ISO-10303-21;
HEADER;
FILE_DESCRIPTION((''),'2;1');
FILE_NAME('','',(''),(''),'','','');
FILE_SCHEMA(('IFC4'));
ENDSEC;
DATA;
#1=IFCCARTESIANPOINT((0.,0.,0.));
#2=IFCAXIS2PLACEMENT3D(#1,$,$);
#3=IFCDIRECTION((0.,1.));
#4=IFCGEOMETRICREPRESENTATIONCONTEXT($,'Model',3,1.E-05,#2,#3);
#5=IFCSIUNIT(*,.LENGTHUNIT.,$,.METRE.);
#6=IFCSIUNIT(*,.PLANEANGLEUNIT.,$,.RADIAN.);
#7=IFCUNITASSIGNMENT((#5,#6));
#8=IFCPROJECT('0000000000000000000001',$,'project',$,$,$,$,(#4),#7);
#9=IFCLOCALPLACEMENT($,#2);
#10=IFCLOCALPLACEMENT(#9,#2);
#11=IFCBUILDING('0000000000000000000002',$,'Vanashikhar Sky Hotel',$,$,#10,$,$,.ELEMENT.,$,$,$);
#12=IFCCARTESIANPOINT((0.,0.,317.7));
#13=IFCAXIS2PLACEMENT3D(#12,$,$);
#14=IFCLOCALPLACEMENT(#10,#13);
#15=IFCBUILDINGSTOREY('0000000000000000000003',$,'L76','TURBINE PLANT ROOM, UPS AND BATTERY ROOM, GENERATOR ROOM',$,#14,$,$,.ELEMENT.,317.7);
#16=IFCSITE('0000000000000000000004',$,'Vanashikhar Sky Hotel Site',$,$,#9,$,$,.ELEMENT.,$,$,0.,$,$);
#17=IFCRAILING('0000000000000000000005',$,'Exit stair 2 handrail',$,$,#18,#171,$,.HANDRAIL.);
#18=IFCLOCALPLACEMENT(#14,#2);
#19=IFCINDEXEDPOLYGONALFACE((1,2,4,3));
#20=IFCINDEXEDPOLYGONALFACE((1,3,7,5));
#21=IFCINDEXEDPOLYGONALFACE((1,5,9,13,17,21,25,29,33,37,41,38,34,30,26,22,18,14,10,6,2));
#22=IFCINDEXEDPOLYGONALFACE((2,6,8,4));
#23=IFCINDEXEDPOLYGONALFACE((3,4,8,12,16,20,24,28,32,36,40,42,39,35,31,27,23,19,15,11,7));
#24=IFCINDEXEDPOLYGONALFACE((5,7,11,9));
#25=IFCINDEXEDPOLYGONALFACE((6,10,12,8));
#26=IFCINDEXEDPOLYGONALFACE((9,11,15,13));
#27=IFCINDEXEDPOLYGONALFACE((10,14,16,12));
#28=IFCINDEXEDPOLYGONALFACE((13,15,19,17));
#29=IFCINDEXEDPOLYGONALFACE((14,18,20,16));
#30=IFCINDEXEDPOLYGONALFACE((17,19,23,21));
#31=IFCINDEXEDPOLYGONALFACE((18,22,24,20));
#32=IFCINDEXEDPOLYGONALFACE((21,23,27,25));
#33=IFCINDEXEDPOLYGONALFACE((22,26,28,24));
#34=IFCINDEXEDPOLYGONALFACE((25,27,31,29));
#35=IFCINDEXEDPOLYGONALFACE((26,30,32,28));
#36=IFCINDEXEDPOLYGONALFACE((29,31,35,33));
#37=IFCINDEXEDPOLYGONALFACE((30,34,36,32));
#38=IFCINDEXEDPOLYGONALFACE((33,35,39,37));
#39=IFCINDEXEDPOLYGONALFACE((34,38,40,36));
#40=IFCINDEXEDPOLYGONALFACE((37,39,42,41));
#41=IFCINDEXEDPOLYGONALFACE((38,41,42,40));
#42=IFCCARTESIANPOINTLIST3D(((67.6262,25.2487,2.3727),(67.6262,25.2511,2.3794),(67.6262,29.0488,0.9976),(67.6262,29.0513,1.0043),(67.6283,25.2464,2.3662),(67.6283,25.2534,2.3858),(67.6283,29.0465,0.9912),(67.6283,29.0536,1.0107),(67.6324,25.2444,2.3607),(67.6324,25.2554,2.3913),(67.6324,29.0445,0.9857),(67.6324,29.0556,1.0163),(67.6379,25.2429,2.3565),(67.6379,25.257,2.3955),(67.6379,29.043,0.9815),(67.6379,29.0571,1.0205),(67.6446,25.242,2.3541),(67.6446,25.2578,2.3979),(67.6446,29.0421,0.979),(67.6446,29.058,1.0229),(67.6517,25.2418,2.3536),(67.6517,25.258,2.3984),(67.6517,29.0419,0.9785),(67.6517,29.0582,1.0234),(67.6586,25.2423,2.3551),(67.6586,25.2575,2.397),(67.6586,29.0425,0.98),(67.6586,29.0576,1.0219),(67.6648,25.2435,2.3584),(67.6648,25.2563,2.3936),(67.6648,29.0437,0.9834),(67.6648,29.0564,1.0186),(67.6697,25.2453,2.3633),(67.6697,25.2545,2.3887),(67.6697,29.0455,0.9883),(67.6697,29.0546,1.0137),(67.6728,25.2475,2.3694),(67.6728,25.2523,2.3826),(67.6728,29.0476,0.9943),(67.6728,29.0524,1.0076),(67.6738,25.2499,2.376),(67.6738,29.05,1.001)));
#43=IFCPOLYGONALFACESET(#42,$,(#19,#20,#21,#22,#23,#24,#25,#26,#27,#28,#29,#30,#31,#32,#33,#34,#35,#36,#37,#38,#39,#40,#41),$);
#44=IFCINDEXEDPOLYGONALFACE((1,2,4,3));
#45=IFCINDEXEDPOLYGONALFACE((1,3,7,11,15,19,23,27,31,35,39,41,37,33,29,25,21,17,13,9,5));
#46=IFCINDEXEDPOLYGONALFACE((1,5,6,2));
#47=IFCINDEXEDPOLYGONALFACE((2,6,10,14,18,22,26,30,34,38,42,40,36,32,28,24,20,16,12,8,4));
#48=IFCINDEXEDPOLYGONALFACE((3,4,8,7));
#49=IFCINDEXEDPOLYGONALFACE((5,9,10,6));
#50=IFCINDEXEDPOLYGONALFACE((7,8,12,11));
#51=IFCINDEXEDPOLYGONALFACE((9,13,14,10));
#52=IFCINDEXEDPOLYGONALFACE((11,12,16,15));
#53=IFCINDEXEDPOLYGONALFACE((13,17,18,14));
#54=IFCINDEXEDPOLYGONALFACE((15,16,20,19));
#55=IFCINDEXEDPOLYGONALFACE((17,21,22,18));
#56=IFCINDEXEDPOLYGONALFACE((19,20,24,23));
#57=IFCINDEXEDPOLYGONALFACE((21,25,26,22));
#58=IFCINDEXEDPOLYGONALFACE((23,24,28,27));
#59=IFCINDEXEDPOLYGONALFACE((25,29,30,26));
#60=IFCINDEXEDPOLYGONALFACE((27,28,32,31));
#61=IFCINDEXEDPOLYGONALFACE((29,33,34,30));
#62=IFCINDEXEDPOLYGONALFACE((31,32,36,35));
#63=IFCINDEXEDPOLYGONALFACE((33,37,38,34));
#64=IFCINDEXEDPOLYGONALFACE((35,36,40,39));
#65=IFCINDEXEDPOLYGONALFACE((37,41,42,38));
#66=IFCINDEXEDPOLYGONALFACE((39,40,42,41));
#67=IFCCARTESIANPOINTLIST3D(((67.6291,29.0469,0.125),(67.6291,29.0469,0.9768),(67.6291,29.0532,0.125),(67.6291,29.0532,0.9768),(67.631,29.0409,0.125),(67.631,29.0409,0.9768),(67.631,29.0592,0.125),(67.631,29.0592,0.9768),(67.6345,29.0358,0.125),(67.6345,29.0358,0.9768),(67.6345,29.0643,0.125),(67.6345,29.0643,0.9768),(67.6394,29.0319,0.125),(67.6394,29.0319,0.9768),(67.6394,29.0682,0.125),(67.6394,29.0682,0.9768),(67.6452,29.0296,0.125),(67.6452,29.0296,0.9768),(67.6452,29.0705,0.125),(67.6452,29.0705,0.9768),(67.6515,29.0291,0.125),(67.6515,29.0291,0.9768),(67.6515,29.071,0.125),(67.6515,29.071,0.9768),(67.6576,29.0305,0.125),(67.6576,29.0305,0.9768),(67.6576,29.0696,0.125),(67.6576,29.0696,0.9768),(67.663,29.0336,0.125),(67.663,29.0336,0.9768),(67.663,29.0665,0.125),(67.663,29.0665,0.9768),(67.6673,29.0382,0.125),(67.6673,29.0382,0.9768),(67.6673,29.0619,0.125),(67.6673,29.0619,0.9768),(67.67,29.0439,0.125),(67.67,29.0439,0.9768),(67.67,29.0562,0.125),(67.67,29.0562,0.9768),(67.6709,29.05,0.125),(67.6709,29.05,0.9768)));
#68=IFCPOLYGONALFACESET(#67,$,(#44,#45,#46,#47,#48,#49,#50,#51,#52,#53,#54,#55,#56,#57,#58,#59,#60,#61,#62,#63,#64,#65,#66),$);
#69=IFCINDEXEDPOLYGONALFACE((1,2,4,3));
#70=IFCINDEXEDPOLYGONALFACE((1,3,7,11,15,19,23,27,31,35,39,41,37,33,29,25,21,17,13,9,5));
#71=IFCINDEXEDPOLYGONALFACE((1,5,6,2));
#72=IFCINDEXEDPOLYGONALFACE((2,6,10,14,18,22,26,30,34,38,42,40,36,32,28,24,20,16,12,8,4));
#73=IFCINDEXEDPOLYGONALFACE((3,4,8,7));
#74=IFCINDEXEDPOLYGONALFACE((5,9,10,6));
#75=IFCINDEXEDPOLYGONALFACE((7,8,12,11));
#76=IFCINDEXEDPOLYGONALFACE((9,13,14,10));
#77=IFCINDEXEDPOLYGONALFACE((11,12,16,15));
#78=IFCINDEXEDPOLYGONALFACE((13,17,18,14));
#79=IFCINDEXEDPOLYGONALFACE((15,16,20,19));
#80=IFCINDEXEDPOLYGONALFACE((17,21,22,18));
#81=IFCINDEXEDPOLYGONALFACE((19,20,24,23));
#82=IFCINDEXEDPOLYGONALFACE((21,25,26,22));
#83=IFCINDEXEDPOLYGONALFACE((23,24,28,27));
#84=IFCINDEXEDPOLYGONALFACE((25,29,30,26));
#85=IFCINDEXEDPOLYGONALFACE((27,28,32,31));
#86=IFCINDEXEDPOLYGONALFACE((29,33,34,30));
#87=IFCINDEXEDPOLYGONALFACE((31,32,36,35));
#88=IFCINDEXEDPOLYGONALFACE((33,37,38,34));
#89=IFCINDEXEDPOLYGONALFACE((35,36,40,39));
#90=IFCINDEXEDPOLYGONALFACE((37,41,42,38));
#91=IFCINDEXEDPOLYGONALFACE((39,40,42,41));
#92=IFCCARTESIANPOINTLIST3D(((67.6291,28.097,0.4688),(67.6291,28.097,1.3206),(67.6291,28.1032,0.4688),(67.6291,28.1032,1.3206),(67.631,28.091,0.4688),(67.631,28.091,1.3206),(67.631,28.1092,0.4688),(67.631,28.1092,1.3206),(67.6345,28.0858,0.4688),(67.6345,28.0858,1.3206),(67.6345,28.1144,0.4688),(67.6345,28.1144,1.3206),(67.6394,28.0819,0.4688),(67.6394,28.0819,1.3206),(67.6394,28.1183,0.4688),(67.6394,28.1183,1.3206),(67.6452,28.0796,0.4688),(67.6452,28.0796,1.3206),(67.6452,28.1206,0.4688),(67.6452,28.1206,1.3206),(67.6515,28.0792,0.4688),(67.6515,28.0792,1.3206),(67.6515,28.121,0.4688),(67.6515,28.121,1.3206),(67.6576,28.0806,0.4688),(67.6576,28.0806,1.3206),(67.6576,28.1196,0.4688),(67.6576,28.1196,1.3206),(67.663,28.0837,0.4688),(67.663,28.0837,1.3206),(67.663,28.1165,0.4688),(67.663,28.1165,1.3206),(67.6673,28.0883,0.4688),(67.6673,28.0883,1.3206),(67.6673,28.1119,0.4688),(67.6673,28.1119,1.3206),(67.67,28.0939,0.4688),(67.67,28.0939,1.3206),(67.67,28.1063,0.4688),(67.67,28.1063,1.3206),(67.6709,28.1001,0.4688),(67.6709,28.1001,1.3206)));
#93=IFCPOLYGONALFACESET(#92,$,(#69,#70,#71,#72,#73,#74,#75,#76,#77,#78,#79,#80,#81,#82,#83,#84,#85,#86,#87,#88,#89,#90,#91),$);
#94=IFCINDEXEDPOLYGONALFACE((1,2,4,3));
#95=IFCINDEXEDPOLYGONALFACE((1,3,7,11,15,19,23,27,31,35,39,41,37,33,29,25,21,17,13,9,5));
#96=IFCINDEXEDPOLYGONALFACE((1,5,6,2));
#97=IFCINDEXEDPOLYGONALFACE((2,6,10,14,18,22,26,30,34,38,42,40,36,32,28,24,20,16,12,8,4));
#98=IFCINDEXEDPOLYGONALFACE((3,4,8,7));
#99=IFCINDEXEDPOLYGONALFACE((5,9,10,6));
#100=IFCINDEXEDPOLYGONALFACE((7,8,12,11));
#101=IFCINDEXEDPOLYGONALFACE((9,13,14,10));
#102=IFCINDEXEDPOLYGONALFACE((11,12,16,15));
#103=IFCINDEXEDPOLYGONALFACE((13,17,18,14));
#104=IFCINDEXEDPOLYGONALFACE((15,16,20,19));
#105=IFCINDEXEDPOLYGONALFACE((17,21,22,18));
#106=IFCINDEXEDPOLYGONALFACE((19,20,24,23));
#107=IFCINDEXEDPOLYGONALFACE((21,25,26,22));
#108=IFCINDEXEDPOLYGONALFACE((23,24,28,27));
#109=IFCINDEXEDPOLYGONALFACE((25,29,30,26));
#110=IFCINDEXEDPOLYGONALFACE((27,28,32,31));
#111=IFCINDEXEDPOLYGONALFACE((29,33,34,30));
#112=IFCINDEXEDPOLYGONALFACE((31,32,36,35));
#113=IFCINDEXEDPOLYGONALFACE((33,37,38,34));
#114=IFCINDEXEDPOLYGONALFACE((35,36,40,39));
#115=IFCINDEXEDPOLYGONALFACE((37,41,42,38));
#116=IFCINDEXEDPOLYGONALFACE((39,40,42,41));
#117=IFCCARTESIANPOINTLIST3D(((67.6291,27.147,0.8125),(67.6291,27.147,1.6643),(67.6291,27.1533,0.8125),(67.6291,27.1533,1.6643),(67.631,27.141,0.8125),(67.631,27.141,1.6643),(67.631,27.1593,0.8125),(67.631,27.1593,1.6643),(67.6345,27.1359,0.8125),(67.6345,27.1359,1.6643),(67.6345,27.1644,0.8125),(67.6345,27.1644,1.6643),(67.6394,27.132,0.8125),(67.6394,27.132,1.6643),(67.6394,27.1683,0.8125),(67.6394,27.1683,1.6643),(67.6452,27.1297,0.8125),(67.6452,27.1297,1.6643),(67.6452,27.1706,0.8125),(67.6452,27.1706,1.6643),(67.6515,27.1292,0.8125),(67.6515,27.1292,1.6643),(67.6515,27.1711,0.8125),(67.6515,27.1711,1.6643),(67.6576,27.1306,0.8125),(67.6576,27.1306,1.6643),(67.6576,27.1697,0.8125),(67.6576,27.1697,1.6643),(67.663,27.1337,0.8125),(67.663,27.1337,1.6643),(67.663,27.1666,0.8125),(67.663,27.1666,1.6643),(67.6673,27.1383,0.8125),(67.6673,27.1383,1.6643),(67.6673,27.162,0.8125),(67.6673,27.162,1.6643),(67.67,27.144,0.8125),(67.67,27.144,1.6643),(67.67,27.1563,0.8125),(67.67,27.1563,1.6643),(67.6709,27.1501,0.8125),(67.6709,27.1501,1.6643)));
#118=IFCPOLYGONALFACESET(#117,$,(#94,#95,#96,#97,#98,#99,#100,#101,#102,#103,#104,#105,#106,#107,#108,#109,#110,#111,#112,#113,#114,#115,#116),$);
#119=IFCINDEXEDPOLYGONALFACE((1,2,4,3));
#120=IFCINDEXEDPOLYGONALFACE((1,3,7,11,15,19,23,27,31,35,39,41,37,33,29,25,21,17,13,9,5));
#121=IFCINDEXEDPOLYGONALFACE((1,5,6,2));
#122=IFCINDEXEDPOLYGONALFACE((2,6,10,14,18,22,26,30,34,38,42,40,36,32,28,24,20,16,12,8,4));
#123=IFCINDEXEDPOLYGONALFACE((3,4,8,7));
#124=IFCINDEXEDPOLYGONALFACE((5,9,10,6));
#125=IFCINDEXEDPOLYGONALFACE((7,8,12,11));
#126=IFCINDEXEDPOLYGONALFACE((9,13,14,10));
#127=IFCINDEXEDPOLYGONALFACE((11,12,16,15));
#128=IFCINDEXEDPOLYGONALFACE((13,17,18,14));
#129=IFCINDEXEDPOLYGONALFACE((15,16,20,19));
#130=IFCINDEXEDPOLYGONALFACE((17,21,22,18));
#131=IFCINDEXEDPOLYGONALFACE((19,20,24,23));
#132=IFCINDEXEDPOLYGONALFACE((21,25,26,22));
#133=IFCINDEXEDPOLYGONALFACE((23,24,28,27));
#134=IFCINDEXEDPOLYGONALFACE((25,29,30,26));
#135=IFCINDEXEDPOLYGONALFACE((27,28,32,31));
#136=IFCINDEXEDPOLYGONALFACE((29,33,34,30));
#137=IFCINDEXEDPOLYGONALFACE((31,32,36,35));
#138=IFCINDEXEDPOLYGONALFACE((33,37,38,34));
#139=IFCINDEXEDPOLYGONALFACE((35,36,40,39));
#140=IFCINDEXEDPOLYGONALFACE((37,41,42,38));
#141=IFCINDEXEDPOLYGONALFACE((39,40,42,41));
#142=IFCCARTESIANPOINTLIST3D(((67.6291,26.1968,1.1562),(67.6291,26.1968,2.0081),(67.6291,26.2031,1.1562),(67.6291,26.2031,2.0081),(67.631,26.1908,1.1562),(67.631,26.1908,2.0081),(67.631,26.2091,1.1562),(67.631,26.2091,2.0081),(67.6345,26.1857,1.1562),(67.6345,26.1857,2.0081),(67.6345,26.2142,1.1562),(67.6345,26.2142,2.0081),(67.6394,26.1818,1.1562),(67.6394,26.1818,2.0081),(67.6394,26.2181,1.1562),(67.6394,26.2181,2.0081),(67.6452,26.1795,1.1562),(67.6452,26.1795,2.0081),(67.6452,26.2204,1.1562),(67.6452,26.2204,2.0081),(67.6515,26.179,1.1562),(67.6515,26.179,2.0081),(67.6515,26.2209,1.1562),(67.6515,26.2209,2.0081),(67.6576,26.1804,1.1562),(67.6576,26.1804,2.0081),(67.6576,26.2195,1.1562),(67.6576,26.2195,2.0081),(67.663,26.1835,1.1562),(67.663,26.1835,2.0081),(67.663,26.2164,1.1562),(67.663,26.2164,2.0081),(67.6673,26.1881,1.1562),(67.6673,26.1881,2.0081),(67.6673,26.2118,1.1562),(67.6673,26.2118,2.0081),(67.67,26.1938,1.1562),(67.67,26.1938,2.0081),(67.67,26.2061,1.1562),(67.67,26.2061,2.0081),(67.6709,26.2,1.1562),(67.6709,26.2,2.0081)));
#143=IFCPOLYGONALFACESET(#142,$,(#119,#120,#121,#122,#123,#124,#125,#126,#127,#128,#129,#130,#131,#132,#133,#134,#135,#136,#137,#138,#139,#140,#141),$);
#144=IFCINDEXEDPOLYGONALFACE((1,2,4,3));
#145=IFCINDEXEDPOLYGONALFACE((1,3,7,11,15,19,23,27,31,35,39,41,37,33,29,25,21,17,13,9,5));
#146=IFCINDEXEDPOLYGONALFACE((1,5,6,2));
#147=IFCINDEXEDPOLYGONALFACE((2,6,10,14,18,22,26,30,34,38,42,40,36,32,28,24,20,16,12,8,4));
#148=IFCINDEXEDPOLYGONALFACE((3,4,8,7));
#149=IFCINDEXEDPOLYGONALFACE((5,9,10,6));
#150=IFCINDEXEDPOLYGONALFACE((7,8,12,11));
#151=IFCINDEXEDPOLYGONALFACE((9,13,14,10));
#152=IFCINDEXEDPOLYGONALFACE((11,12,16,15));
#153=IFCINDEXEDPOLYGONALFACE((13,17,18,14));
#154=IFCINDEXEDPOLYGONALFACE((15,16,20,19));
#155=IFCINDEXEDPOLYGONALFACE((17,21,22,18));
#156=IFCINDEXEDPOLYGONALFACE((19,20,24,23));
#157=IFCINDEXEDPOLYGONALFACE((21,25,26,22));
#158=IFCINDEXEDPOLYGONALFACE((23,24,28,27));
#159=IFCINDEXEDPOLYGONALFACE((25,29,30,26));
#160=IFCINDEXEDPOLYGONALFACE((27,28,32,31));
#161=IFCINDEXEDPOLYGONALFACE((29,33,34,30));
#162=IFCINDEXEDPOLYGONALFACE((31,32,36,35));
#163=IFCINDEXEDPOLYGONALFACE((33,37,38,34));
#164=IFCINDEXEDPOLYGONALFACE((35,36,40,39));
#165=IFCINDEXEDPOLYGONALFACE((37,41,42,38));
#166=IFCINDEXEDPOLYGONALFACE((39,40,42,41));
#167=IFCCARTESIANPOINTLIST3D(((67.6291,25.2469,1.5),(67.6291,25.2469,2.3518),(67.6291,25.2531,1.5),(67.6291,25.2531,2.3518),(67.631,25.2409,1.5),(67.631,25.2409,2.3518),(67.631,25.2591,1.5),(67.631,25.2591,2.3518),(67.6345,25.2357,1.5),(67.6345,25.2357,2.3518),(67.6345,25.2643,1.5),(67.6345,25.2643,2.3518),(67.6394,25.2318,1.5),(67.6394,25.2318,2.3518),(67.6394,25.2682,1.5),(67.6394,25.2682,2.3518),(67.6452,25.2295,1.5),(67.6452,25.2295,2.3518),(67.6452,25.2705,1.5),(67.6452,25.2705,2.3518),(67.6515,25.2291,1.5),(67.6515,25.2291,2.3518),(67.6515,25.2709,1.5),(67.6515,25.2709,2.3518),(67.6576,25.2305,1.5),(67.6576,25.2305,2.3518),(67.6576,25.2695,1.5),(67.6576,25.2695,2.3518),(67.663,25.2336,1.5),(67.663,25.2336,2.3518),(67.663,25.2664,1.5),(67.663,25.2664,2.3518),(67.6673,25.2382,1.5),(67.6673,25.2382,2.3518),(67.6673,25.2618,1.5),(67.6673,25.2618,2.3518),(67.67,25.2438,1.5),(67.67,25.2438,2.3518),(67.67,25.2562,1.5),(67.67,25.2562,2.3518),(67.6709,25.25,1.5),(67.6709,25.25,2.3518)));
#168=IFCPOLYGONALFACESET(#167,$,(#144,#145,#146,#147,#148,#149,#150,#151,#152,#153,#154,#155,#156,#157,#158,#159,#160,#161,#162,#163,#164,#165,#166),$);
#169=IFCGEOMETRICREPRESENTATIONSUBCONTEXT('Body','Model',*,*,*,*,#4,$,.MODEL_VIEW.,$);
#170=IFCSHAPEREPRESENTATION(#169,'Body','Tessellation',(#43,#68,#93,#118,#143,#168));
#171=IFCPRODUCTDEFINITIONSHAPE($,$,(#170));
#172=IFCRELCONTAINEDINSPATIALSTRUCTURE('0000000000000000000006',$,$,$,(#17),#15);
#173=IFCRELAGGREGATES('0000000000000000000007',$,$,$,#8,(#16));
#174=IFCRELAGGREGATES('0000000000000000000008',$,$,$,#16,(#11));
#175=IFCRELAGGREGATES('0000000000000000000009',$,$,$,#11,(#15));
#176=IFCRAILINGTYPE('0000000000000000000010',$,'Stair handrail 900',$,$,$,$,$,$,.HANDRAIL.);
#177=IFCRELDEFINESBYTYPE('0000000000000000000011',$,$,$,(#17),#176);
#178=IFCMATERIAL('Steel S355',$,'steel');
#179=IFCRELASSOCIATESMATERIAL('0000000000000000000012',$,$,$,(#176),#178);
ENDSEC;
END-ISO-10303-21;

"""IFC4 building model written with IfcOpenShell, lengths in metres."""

from ifc_helpers import new_model, si_unit, direction, frame, origin, origin_2d, place, context, subcontext, project, spatial, circle, extrude, source, transform, mapped, material, type_object, element, save


model = new_model("IFC4")

# Units and contexts
model_context = context("Model", 3, precision=1e-05, world=origin(), true_north=direction((0.0, 1.0)))
body_context = subcontext(model_context, "Body", "Model", "MODEL_VIEW")
ifc_project = project(units=[si_unit("LENGTHUNIT", "METRE"), si_unit("PLANEANGLEUNIT", "RADIAN")], contexts=[model_context])

# Site, building, storey
site_placement = place(None, origin())
site = spatial("IfcSite", under=ifc_project, at=site_placement, Name="Vanashikhar Sky Hotel Site", CompositionType="ELEMENT", RefElevation=0.0)
building_placement = place(site_placement, origin())
building = spatial("IfcBuilding", under=site, at=building_placement, Name="Vanashikhar Sky Hotel", CompositionType="ELEMENT")
storey_placement = place(building_placement, frame((0.0, 0.0, 317.7)))
storey = spatial("IfcBuildingStorey", under=building, at=storey_placement, Name="L76", Description="TURBINE PLANT ROOM, UPS AND BATTERY ROOM, GENERATOR ROOM", CompositionType="ELEMENT", Elevation=317.7)

# Railing
ifc_material_1 = material(Name="Steel S355", Category="steel")
railing_type = type_object("IfcRailingType", Name="Stair handrail 900", PredefinedType="HANDRAIL", material=ifc_material_1)
shared_shape_1 = source(origin(), body_context, "Body", "SweptSolid", [
    extrude(circle(Radius=0.0239, at=origin_2d()), frame((0.0, 0.0, 0.876), z_axis=(0.0, -0.940336, 0.340249), x_axis=(1.0, 0.0, 0.0)), (0.0, 0.0, 1.0), 4.0413),
    extrude(circle(Radius=0.021, at=origin_2d()), origin(), (0.0, 0.0, 1.0), 0.8518),
    extrude(circle(Radius=0.021, at=origin_2d()), frame((0.0, -0.95, 0.3438)), (0.0, 0.0, 1.0), 0.8518),
    extrude(circle(Radius=0.021, at=origin_2d()), frame((0.0, -1.8999, 0.6875)), (0.0, 0.0, 1.0), 0.8518),
    extrude(circle(Radius=0.021, at=origin_2d()), frame((0.0, -2.8501, 1.0312)), (0.0, 0.0, 1.0), 0.8518),
    extrude(circle(Radius=0.021, at=origin_2d()), frame((0.0, -3.8, 1.375)), (0.0, 0.0, 1.0), 0.8518),
])
for number, where, name in (
    (1, (67.6499, 29.05, 0.125), "Exit stair 2 handrail"),
):
    element("IfcRailing", number, at=place(storey_placement, frame(where)), inside=storey, type_object=railing_type, Name=name, PredefinedType="HANDRAIL", context=body_context, shape_type="MappedRepresentation", body=[
        mapped(shared_shape_1, transform((0.0, 0.0, 0.0), scale=1.0)),
    ])

save(model, "model.ifc")
